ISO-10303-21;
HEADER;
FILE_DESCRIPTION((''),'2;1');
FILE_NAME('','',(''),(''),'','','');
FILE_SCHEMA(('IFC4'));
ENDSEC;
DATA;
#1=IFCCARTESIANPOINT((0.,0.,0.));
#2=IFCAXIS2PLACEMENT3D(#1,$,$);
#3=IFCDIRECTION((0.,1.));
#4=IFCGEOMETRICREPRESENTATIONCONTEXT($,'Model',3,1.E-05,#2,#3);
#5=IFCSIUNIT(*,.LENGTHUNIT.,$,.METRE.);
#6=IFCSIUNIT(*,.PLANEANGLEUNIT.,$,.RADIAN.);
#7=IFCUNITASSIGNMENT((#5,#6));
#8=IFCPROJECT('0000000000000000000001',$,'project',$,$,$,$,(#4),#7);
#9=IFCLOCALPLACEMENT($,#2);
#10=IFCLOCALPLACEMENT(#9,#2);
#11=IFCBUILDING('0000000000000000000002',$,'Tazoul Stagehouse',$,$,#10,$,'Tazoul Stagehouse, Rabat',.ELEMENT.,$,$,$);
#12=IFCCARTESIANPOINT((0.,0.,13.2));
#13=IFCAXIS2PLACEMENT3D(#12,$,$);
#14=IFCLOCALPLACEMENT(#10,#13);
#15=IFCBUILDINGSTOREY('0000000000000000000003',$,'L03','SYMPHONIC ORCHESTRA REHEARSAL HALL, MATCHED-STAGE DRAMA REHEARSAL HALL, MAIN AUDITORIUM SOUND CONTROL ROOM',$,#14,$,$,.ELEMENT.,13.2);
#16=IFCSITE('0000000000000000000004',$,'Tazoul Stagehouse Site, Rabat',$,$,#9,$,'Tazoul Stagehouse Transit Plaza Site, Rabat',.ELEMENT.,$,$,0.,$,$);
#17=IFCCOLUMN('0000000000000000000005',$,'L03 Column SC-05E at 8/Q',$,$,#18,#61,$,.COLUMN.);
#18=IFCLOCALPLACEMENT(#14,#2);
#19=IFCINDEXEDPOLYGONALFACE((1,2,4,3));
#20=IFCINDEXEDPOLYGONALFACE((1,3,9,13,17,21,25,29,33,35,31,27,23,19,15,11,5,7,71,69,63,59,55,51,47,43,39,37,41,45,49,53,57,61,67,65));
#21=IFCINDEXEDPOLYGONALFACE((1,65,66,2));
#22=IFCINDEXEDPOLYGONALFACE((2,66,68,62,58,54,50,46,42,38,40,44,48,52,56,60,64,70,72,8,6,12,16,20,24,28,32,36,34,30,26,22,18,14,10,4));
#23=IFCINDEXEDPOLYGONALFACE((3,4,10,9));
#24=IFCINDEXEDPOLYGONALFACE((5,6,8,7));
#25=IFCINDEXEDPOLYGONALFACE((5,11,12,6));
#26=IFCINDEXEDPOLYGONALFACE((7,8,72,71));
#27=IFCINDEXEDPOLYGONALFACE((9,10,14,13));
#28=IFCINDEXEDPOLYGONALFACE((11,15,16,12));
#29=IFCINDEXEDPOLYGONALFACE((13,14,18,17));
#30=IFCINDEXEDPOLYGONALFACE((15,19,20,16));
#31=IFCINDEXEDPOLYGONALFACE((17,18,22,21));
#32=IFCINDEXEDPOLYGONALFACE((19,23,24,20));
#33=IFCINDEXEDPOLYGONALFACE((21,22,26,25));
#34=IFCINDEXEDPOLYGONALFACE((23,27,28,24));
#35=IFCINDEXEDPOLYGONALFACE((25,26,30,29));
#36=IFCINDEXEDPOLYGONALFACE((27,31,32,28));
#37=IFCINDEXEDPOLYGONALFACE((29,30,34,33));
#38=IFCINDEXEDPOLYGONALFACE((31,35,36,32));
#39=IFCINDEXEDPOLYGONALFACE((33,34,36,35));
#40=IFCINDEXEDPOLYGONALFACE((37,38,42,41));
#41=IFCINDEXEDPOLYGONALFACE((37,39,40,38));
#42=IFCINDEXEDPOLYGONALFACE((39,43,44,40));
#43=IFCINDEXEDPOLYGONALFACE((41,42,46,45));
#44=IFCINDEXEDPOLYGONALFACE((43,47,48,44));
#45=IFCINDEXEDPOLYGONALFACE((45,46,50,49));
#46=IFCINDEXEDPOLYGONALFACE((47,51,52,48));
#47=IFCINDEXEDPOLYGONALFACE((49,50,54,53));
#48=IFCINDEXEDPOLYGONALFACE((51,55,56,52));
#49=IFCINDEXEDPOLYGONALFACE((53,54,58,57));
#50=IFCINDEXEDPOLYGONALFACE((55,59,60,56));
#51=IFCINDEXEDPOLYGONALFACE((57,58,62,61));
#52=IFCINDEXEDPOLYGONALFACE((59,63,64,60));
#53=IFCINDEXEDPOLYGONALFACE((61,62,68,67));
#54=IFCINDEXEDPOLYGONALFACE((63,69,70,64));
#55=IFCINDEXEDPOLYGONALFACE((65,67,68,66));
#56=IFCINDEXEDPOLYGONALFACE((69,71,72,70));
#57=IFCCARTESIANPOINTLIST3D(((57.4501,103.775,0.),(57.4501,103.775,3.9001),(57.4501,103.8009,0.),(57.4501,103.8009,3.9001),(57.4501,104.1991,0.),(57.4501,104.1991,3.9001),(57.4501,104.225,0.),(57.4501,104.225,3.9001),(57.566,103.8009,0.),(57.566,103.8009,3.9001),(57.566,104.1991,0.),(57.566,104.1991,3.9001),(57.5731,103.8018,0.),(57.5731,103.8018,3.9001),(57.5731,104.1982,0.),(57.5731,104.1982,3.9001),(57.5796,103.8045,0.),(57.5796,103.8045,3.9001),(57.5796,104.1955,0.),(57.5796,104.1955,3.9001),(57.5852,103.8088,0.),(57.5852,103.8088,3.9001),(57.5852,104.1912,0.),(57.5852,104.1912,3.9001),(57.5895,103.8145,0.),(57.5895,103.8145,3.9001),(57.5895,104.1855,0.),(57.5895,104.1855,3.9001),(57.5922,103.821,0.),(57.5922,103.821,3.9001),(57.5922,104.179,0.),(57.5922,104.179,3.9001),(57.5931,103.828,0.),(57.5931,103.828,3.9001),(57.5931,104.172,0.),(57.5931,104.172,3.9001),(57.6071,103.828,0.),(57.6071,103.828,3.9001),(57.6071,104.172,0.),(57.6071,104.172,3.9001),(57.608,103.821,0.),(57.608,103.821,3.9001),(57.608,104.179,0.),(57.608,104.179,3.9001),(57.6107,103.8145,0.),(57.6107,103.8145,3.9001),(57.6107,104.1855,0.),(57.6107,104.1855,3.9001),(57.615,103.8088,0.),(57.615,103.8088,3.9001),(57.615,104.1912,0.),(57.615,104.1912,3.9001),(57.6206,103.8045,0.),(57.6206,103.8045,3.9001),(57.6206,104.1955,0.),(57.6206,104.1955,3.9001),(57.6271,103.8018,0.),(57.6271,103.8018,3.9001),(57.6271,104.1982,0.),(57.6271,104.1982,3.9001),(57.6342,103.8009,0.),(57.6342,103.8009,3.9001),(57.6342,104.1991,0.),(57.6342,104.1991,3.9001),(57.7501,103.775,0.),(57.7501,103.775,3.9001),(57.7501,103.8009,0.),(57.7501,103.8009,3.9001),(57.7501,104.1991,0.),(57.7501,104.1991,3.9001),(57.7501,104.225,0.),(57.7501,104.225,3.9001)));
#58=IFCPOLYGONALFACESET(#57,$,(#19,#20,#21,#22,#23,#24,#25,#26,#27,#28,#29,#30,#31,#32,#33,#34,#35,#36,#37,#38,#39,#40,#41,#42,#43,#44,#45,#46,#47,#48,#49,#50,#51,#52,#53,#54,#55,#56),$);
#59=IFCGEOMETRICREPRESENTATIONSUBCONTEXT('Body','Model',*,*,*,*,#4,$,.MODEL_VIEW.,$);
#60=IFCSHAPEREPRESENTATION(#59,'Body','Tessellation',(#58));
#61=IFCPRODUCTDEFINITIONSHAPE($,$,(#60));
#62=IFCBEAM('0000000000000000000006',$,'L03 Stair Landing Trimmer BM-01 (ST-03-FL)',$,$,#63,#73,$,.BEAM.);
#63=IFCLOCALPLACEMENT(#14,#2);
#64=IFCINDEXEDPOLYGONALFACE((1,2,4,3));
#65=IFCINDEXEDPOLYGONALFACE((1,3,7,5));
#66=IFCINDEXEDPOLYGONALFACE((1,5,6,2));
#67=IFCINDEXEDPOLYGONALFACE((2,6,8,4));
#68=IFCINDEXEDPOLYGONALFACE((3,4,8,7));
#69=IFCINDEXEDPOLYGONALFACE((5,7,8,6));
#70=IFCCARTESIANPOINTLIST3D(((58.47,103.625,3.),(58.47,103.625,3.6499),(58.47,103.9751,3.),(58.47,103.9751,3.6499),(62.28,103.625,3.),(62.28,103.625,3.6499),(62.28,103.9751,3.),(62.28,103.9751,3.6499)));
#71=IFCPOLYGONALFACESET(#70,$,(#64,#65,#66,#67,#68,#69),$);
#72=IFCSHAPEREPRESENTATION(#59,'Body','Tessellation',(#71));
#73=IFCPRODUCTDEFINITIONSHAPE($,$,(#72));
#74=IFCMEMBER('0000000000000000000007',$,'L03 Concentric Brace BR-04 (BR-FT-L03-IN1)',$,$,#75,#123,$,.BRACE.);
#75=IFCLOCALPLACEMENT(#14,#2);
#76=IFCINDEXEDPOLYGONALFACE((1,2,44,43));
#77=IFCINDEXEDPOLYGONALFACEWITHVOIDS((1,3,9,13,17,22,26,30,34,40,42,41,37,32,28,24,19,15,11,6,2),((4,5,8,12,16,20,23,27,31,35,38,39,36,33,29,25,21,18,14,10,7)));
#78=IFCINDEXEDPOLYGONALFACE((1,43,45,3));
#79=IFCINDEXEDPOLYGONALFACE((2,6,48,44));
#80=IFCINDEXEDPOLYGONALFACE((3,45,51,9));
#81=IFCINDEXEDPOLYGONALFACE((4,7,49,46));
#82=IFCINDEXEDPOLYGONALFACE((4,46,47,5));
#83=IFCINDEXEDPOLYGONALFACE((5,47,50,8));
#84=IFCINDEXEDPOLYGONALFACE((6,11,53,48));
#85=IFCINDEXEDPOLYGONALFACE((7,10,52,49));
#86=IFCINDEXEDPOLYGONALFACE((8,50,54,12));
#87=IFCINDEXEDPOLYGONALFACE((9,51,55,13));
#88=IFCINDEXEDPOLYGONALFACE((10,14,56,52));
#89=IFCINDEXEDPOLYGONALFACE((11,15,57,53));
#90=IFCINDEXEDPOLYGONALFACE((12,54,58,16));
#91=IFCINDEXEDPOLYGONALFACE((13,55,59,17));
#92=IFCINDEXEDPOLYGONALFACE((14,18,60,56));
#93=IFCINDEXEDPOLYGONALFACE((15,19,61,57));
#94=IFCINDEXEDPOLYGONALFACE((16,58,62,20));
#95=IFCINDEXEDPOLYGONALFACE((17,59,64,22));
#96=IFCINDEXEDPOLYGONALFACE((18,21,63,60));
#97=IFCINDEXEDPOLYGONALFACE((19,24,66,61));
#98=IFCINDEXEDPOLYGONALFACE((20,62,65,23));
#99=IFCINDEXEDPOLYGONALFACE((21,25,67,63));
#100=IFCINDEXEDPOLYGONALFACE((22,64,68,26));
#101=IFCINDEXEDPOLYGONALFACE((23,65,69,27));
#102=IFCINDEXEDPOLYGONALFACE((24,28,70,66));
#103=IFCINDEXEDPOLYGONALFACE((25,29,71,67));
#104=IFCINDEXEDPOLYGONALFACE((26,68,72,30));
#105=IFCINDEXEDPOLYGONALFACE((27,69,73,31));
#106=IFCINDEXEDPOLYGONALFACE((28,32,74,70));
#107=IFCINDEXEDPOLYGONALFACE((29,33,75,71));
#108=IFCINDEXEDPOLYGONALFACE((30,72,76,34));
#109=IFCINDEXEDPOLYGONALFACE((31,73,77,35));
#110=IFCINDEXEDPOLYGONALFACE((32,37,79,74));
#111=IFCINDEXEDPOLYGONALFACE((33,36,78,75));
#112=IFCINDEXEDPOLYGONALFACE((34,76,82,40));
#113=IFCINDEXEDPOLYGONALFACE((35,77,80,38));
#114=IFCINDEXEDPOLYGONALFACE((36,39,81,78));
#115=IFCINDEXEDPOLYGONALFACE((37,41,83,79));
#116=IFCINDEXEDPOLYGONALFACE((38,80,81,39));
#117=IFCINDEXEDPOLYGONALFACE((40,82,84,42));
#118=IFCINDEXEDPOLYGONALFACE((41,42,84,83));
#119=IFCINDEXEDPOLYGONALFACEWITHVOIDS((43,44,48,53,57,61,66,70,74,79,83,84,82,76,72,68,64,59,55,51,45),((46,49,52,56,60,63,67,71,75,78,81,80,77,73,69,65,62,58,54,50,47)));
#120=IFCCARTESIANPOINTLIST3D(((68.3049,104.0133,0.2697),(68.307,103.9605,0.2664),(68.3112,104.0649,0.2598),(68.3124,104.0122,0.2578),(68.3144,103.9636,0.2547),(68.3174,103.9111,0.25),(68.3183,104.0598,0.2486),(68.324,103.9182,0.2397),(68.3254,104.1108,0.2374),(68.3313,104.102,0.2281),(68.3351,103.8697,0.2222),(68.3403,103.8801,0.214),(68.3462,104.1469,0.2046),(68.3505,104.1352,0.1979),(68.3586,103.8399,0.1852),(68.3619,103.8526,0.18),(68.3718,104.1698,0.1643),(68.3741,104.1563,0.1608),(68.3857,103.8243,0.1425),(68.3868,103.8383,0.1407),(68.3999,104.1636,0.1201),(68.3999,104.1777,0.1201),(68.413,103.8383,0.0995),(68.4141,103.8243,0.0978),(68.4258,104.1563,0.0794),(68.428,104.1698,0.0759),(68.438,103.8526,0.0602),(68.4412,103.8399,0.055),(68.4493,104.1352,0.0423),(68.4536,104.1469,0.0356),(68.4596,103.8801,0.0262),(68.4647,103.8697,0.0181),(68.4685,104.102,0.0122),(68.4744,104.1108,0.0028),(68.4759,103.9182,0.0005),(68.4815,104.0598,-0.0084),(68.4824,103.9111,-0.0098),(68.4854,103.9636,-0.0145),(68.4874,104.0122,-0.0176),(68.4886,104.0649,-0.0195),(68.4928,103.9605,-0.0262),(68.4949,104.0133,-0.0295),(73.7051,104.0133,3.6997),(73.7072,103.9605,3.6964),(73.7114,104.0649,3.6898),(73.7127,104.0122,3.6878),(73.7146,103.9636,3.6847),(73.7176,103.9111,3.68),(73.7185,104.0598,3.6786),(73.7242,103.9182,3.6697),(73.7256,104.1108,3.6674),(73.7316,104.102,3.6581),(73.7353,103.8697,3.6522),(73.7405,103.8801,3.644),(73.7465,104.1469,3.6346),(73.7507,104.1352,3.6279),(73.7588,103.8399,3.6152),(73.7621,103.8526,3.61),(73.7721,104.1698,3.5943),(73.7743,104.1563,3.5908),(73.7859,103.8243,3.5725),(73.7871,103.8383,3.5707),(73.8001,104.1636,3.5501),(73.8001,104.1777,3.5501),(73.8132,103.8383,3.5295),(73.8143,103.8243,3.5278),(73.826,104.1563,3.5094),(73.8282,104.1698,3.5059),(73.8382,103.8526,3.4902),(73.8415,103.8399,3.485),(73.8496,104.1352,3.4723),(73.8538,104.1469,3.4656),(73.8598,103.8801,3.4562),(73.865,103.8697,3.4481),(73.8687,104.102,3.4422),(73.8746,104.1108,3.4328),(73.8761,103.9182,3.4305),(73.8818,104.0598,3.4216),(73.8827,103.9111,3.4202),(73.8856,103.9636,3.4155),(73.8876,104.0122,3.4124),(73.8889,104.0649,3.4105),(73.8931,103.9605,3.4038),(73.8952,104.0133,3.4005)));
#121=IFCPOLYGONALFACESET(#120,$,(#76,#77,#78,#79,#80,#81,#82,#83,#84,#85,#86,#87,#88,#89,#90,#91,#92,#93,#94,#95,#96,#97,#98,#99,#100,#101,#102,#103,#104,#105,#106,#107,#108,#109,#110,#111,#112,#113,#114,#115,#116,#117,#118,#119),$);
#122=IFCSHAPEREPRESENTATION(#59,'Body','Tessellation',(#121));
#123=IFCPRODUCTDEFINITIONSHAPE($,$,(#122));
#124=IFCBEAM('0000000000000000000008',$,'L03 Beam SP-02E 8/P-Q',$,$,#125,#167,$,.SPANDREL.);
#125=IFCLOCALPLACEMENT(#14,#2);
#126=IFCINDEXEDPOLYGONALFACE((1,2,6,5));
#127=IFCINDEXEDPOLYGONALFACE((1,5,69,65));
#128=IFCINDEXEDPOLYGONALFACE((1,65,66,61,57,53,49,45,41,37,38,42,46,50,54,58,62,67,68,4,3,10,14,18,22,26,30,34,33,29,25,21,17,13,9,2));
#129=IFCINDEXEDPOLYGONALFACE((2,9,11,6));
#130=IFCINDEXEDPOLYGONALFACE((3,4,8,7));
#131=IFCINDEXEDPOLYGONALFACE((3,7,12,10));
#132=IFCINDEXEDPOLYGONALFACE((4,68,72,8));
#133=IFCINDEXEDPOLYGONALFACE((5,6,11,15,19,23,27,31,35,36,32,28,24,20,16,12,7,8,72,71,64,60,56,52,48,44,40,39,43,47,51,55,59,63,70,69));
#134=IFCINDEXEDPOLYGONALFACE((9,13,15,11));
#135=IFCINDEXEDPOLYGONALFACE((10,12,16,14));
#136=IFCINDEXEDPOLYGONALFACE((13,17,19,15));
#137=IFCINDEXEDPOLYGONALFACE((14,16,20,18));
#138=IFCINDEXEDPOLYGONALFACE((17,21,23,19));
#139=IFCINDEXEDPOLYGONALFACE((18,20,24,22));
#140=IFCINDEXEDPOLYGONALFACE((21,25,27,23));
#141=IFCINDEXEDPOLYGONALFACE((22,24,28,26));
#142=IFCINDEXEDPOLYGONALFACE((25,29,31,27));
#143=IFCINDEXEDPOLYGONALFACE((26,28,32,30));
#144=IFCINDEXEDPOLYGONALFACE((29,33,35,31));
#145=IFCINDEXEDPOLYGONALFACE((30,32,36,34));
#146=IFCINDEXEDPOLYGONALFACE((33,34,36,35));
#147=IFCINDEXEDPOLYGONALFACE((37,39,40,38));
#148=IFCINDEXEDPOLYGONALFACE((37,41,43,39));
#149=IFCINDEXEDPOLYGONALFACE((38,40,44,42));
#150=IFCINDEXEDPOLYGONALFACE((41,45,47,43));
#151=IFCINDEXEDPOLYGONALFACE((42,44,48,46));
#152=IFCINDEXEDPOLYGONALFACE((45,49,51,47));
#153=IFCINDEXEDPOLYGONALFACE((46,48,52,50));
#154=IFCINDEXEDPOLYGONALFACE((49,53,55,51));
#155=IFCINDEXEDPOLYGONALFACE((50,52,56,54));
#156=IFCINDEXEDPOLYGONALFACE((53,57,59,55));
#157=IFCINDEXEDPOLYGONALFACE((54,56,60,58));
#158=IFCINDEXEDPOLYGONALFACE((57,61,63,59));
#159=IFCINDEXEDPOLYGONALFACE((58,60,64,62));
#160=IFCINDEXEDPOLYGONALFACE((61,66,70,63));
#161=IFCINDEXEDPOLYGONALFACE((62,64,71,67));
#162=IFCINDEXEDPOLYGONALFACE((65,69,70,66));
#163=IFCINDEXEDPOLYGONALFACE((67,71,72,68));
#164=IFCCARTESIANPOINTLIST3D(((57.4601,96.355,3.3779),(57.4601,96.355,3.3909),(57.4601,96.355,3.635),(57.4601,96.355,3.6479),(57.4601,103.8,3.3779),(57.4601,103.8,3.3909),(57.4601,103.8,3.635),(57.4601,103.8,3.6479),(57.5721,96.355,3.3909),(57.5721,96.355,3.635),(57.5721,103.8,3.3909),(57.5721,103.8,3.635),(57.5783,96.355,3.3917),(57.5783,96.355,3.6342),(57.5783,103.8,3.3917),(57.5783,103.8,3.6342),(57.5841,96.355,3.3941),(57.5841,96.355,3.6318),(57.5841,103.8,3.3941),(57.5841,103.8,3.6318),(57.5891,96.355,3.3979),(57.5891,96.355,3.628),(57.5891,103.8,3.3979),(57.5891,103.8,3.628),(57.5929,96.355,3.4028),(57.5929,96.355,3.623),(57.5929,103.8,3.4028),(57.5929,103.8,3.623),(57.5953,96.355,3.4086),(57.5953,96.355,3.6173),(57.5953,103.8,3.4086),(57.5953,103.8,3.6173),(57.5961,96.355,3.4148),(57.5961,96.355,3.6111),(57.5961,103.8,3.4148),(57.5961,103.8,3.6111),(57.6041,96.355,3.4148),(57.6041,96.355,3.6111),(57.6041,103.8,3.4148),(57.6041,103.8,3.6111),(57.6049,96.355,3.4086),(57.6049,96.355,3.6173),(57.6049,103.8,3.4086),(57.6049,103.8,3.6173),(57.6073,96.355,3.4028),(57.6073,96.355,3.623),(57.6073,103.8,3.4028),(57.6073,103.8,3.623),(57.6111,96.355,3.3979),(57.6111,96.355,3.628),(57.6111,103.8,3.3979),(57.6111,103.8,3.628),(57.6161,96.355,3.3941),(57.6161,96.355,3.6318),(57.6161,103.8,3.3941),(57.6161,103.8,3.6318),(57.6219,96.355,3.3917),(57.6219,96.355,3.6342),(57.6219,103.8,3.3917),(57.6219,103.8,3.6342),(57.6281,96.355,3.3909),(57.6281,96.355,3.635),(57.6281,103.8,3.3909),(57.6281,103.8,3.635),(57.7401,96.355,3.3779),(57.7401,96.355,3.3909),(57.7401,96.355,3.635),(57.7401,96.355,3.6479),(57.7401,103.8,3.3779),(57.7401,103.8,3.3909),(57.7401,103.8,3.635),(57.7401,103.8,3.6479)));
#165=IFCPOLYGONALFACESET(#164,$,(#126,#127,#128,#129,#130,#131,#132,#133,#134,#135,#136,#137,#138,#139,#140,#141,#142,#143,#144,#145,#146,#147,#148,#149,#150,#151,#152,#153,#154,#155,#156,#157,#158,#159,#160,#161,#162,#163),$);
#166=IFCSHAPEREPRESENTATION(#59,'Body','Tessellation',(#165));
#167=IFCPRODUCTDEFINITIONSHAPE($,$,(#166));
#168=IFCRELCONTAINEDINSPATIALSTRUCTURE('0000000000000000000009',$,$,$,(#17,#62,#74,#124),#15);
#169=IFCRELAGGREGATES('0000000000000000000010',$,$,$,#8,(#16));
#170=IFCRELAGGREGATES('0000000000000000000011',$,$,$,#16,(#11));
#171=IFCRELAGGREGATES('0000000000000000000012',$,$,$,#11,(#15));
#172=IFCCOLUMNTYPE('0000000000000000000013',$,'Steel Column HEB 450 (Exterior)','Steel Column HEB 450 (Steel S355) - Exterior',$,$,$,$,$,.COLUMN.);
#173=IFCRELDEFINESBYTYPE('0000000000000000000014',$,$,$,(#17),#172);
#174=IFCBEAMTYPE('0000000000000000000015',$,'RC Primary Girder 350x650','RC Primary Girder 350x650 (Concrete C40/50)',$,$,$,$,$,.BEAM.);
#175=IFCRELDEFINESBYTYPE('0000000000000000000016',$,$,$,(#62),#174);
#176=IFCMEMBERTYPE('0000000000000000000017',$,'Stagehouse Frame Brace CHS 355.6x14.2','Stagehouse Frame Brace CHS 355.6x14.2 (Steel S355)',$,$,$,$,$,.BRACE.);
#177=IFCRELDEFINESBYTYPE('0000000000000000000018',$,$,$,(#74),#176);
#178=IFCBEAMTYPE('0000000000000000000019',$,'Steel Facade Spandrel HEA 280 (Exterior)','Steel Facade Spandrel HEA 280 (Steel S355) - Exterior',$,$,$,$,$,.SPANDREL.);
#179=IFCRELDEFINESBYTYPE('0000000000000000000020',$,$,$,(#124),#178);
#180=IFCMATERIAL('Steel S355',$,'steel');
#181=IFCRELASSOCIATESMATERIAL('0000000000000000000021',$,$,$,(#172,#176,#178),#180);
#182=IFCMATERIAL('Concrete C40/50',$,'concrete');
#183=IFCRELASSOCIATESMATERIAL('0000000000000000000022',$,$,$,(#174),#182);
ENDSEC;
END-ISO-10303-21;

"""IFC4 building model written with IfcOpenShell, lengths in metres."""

from ifc_helpers import new_model, si_unit, direction, frame, origin, origin_2d, place, context, subcontext, project, spatial, rectangle, hollow_circle, i_section, extrude, material, material_profile, profile_set, type_object, element, save


model = new_model("IFC4")

# Units and contexts
model_context = context("Model", 3, precision=1e-05, world=origin(), true_north=direction((0.0, 1.0)))
body_context = subcontext(model_context, "Body", "Model", "MODEL_VIEW")
ifc_project = project(units=[si_unit("LENGTHUNIT", "METRE"), si_unit("PLANEANGLEUNIT", "RADIAN")], contexts=[model_context])

# Site, building, storey
site_placement = place(None, origin())
site = spatial("IfcSite", under=ifc_project, at=site_placement, Name="Tazoul Stagehouse Site, Rabat", LongName="Tazoul Stagehouse Transit Plaza Site, Rabat", CompositionType="ELEMENT", RefElevation=0.0)
building_placement = place(site_placement, origin())
building = spatial("IfcBuilding", under=site, at=building_placement, Name="Tazoul Stagehouse", LongName="Tazoul Stagehouse, Rabat", CompositionType="ELEMENT")
storey_placement = place(building_placement, frame((0.0, 0.0, 13.2)))
storey = spatial("IfcBuildingStorey", under=building, at=storey_placement, Name="L03", Description="SYMPHONIC ORCHESTRA REHEARSAL HALL, MATCHED-STAGE DRAMA REHEARSAL HALL, MAIN AUDITORIUM SOUND CONTROL ROOM", CompositionType="ELEMENT", Elevation=13.2)

# Column
ifc_material_1 = material(Name="Steel S355", Category="steel")
ifc_material_profile_1 = material_profile(ifc_material_1, i_section(OverallWidth=0.3, OverallDepth=0.45, WebThickness=0.0139, FlangeThickness=0.0259, FilletRadius=0.0271, at=origin_2d()), Name="HEB 450")
ifc_profile_set_1 = profile_set([ifc_material_profile_1], Name="Steel S355")
column_type_1 = type_object("IfcColumnType", Name="Steel Column HEB 450 (Exterior)", Description="Steel Column HEB 450 (Steel S355) - Exterior", PredefinedType="COLUMN", material=ifc_profile_set_1)
column_1_placement = place(storey_placement, frame((57.6001, 104.0, 0.0), z_axis=(0.0, 0.0, 1.0), x_axis=(1.0, 0.0, 0.0)))
element("IfcColumn", 1, at=column_1_placement, inside=storey, type_object=column_type_1, Name="L03 Column SC-05E at 8/Q", PredefinedType="COLUMN", context=body_context, shape_type="SweptSolid", body=[
    extrude(i_section(OverallWidth=0.3, OverallDepth=0.45, WebThickness=0.0139, FlangeThickness=0.0259, FilletRadius=0.0271, at=origin_2d()), origin(), (0.0, 0.0, 1.0), 3.9001),
])

# Beam
ifc_material_2 = material(Name="Concrete C40/50", Category="concrete")
ifc_material_profile_2 = material_profile(ifc_material_2, rectangle(XDim=0.3501, YDim=0.6499, at=origin_2d()), Name="RC 350x650")
ifc_profile_set_2 = profile_set([ifc_material_profile_2], Name="Concrete C40/50")
beam_type_1 = type_object("IfcBeamType", Name="RC Primary Girder 350x650", Description="RC Primary Girder 350x650 (Concrete C40/50)", PredefinedType="BEAM", material=ifc_profile_set_2)
beam_1_placement = place(storey_placement, frame((58.47, 103.8, 3.325), z_axis=(1.0, 0.0, 0.0), x_axis=(0.0, 1.0, 0.0)))
element("IfcBeam", 2, at=beam_1_placement, inside=storey, type_object=beam_type_1, Name="L03 Stair Landing Trimmer BM-01 (ST-03-FL)", PredefinedType="BEAM", context=body_context, shape_type="SweptSolid", body=[
    extrude(rectangle(XDim=0.3501, YDim=0.6499, at=origin_2d()), origin(), (0.0, 0.0, 1.0), 3.8101),
])

# Member
ifc_material_profile_3 = material_profile(ifc_material_1, hollow_circle(Radius=0.1777, WallThickness=0.0142, at=origin_2d()), Name="CHS 355.6x14.2")
ifc_profile_set_3 = profile_set([ifc_material_profile_3], Name="Steel S355")
member_type = type_object("IfcMemberType", Name="Stagehouse Frame Brace CHS 355.6x14.2", Description="Stagehouse Frame Brace CHS 355.6x14.2 (Steel S355)", PredefinedType="BRACE", material=ifc_profile_set_3)
member_placement = place(storey_placement, frame((68.3999, 104.0, 0.1201), z_axis=(0.844123, 0.0, 0.536149), x_axis=(0.0, 1.0, 0.0)))
element("IfcMember", 3, at=member_placement, inside=storey, type_object=member_type, Name="L03 Concentric Brace BR-04 (BR-FT-L03-IN1)", PredefinedType="BRACE", context=body_context, shape_type="SweptSolid", body=[
    extrude(hollow_circle(Radius=0.1777, WallThickness=0.0142, at=origin_2d()), origin(), (0.0, 0.0, 1.0), 6.3975),
])

# Beam
ifc_material_profile_4 = material_profile(ifc_material_1, i_section(OverallWidth=0.28, OverallDepth=0.27, WebThickness=0.0081, FlangeThickness=0.0129, FilletRadius=0.0239, at=origin_2d()), Name="HEA 280")
ifc_profile_set_4 = profile_set([ifc_material_profile_4], Name="Steel S355")
beam_type_2 = type_object("IfcBeamType", Name="Steel Facade Spandrel HEA 280 (Exterior)", Description="Steel Facade Spandrel HEA 280 (Steel S355) - Exterior", PredefinedType="SPANDREL", material=ifc_profile_set_4)
beam_2_placement = place(storey_placement, frame((57.6001, 96.355, 3.5129), z_axis=(0.0, 1.0, 0.0), x_axis=(-1.0, 0.0, 0.0)))
element("IfcBeam", 4, at=beam_2_placement, inside=storey, type_object=beam_type_2, Name="L03 Beam SP-02E 8/P-Q", PredefinedType="SPANDREL", context=body_context, shape_type="SweptSolid", body=[
    extrude(i_section(OverallWidth=0.28, OverallDepth=0.27, WebThickness=0.0081, FlangeThickness=0.0129, FilletRadius=0.0239, at=origin_2d()), origin(), (0.0, 0.0, 1.0), 7.4451),
])

save(model, "model.ifc")
